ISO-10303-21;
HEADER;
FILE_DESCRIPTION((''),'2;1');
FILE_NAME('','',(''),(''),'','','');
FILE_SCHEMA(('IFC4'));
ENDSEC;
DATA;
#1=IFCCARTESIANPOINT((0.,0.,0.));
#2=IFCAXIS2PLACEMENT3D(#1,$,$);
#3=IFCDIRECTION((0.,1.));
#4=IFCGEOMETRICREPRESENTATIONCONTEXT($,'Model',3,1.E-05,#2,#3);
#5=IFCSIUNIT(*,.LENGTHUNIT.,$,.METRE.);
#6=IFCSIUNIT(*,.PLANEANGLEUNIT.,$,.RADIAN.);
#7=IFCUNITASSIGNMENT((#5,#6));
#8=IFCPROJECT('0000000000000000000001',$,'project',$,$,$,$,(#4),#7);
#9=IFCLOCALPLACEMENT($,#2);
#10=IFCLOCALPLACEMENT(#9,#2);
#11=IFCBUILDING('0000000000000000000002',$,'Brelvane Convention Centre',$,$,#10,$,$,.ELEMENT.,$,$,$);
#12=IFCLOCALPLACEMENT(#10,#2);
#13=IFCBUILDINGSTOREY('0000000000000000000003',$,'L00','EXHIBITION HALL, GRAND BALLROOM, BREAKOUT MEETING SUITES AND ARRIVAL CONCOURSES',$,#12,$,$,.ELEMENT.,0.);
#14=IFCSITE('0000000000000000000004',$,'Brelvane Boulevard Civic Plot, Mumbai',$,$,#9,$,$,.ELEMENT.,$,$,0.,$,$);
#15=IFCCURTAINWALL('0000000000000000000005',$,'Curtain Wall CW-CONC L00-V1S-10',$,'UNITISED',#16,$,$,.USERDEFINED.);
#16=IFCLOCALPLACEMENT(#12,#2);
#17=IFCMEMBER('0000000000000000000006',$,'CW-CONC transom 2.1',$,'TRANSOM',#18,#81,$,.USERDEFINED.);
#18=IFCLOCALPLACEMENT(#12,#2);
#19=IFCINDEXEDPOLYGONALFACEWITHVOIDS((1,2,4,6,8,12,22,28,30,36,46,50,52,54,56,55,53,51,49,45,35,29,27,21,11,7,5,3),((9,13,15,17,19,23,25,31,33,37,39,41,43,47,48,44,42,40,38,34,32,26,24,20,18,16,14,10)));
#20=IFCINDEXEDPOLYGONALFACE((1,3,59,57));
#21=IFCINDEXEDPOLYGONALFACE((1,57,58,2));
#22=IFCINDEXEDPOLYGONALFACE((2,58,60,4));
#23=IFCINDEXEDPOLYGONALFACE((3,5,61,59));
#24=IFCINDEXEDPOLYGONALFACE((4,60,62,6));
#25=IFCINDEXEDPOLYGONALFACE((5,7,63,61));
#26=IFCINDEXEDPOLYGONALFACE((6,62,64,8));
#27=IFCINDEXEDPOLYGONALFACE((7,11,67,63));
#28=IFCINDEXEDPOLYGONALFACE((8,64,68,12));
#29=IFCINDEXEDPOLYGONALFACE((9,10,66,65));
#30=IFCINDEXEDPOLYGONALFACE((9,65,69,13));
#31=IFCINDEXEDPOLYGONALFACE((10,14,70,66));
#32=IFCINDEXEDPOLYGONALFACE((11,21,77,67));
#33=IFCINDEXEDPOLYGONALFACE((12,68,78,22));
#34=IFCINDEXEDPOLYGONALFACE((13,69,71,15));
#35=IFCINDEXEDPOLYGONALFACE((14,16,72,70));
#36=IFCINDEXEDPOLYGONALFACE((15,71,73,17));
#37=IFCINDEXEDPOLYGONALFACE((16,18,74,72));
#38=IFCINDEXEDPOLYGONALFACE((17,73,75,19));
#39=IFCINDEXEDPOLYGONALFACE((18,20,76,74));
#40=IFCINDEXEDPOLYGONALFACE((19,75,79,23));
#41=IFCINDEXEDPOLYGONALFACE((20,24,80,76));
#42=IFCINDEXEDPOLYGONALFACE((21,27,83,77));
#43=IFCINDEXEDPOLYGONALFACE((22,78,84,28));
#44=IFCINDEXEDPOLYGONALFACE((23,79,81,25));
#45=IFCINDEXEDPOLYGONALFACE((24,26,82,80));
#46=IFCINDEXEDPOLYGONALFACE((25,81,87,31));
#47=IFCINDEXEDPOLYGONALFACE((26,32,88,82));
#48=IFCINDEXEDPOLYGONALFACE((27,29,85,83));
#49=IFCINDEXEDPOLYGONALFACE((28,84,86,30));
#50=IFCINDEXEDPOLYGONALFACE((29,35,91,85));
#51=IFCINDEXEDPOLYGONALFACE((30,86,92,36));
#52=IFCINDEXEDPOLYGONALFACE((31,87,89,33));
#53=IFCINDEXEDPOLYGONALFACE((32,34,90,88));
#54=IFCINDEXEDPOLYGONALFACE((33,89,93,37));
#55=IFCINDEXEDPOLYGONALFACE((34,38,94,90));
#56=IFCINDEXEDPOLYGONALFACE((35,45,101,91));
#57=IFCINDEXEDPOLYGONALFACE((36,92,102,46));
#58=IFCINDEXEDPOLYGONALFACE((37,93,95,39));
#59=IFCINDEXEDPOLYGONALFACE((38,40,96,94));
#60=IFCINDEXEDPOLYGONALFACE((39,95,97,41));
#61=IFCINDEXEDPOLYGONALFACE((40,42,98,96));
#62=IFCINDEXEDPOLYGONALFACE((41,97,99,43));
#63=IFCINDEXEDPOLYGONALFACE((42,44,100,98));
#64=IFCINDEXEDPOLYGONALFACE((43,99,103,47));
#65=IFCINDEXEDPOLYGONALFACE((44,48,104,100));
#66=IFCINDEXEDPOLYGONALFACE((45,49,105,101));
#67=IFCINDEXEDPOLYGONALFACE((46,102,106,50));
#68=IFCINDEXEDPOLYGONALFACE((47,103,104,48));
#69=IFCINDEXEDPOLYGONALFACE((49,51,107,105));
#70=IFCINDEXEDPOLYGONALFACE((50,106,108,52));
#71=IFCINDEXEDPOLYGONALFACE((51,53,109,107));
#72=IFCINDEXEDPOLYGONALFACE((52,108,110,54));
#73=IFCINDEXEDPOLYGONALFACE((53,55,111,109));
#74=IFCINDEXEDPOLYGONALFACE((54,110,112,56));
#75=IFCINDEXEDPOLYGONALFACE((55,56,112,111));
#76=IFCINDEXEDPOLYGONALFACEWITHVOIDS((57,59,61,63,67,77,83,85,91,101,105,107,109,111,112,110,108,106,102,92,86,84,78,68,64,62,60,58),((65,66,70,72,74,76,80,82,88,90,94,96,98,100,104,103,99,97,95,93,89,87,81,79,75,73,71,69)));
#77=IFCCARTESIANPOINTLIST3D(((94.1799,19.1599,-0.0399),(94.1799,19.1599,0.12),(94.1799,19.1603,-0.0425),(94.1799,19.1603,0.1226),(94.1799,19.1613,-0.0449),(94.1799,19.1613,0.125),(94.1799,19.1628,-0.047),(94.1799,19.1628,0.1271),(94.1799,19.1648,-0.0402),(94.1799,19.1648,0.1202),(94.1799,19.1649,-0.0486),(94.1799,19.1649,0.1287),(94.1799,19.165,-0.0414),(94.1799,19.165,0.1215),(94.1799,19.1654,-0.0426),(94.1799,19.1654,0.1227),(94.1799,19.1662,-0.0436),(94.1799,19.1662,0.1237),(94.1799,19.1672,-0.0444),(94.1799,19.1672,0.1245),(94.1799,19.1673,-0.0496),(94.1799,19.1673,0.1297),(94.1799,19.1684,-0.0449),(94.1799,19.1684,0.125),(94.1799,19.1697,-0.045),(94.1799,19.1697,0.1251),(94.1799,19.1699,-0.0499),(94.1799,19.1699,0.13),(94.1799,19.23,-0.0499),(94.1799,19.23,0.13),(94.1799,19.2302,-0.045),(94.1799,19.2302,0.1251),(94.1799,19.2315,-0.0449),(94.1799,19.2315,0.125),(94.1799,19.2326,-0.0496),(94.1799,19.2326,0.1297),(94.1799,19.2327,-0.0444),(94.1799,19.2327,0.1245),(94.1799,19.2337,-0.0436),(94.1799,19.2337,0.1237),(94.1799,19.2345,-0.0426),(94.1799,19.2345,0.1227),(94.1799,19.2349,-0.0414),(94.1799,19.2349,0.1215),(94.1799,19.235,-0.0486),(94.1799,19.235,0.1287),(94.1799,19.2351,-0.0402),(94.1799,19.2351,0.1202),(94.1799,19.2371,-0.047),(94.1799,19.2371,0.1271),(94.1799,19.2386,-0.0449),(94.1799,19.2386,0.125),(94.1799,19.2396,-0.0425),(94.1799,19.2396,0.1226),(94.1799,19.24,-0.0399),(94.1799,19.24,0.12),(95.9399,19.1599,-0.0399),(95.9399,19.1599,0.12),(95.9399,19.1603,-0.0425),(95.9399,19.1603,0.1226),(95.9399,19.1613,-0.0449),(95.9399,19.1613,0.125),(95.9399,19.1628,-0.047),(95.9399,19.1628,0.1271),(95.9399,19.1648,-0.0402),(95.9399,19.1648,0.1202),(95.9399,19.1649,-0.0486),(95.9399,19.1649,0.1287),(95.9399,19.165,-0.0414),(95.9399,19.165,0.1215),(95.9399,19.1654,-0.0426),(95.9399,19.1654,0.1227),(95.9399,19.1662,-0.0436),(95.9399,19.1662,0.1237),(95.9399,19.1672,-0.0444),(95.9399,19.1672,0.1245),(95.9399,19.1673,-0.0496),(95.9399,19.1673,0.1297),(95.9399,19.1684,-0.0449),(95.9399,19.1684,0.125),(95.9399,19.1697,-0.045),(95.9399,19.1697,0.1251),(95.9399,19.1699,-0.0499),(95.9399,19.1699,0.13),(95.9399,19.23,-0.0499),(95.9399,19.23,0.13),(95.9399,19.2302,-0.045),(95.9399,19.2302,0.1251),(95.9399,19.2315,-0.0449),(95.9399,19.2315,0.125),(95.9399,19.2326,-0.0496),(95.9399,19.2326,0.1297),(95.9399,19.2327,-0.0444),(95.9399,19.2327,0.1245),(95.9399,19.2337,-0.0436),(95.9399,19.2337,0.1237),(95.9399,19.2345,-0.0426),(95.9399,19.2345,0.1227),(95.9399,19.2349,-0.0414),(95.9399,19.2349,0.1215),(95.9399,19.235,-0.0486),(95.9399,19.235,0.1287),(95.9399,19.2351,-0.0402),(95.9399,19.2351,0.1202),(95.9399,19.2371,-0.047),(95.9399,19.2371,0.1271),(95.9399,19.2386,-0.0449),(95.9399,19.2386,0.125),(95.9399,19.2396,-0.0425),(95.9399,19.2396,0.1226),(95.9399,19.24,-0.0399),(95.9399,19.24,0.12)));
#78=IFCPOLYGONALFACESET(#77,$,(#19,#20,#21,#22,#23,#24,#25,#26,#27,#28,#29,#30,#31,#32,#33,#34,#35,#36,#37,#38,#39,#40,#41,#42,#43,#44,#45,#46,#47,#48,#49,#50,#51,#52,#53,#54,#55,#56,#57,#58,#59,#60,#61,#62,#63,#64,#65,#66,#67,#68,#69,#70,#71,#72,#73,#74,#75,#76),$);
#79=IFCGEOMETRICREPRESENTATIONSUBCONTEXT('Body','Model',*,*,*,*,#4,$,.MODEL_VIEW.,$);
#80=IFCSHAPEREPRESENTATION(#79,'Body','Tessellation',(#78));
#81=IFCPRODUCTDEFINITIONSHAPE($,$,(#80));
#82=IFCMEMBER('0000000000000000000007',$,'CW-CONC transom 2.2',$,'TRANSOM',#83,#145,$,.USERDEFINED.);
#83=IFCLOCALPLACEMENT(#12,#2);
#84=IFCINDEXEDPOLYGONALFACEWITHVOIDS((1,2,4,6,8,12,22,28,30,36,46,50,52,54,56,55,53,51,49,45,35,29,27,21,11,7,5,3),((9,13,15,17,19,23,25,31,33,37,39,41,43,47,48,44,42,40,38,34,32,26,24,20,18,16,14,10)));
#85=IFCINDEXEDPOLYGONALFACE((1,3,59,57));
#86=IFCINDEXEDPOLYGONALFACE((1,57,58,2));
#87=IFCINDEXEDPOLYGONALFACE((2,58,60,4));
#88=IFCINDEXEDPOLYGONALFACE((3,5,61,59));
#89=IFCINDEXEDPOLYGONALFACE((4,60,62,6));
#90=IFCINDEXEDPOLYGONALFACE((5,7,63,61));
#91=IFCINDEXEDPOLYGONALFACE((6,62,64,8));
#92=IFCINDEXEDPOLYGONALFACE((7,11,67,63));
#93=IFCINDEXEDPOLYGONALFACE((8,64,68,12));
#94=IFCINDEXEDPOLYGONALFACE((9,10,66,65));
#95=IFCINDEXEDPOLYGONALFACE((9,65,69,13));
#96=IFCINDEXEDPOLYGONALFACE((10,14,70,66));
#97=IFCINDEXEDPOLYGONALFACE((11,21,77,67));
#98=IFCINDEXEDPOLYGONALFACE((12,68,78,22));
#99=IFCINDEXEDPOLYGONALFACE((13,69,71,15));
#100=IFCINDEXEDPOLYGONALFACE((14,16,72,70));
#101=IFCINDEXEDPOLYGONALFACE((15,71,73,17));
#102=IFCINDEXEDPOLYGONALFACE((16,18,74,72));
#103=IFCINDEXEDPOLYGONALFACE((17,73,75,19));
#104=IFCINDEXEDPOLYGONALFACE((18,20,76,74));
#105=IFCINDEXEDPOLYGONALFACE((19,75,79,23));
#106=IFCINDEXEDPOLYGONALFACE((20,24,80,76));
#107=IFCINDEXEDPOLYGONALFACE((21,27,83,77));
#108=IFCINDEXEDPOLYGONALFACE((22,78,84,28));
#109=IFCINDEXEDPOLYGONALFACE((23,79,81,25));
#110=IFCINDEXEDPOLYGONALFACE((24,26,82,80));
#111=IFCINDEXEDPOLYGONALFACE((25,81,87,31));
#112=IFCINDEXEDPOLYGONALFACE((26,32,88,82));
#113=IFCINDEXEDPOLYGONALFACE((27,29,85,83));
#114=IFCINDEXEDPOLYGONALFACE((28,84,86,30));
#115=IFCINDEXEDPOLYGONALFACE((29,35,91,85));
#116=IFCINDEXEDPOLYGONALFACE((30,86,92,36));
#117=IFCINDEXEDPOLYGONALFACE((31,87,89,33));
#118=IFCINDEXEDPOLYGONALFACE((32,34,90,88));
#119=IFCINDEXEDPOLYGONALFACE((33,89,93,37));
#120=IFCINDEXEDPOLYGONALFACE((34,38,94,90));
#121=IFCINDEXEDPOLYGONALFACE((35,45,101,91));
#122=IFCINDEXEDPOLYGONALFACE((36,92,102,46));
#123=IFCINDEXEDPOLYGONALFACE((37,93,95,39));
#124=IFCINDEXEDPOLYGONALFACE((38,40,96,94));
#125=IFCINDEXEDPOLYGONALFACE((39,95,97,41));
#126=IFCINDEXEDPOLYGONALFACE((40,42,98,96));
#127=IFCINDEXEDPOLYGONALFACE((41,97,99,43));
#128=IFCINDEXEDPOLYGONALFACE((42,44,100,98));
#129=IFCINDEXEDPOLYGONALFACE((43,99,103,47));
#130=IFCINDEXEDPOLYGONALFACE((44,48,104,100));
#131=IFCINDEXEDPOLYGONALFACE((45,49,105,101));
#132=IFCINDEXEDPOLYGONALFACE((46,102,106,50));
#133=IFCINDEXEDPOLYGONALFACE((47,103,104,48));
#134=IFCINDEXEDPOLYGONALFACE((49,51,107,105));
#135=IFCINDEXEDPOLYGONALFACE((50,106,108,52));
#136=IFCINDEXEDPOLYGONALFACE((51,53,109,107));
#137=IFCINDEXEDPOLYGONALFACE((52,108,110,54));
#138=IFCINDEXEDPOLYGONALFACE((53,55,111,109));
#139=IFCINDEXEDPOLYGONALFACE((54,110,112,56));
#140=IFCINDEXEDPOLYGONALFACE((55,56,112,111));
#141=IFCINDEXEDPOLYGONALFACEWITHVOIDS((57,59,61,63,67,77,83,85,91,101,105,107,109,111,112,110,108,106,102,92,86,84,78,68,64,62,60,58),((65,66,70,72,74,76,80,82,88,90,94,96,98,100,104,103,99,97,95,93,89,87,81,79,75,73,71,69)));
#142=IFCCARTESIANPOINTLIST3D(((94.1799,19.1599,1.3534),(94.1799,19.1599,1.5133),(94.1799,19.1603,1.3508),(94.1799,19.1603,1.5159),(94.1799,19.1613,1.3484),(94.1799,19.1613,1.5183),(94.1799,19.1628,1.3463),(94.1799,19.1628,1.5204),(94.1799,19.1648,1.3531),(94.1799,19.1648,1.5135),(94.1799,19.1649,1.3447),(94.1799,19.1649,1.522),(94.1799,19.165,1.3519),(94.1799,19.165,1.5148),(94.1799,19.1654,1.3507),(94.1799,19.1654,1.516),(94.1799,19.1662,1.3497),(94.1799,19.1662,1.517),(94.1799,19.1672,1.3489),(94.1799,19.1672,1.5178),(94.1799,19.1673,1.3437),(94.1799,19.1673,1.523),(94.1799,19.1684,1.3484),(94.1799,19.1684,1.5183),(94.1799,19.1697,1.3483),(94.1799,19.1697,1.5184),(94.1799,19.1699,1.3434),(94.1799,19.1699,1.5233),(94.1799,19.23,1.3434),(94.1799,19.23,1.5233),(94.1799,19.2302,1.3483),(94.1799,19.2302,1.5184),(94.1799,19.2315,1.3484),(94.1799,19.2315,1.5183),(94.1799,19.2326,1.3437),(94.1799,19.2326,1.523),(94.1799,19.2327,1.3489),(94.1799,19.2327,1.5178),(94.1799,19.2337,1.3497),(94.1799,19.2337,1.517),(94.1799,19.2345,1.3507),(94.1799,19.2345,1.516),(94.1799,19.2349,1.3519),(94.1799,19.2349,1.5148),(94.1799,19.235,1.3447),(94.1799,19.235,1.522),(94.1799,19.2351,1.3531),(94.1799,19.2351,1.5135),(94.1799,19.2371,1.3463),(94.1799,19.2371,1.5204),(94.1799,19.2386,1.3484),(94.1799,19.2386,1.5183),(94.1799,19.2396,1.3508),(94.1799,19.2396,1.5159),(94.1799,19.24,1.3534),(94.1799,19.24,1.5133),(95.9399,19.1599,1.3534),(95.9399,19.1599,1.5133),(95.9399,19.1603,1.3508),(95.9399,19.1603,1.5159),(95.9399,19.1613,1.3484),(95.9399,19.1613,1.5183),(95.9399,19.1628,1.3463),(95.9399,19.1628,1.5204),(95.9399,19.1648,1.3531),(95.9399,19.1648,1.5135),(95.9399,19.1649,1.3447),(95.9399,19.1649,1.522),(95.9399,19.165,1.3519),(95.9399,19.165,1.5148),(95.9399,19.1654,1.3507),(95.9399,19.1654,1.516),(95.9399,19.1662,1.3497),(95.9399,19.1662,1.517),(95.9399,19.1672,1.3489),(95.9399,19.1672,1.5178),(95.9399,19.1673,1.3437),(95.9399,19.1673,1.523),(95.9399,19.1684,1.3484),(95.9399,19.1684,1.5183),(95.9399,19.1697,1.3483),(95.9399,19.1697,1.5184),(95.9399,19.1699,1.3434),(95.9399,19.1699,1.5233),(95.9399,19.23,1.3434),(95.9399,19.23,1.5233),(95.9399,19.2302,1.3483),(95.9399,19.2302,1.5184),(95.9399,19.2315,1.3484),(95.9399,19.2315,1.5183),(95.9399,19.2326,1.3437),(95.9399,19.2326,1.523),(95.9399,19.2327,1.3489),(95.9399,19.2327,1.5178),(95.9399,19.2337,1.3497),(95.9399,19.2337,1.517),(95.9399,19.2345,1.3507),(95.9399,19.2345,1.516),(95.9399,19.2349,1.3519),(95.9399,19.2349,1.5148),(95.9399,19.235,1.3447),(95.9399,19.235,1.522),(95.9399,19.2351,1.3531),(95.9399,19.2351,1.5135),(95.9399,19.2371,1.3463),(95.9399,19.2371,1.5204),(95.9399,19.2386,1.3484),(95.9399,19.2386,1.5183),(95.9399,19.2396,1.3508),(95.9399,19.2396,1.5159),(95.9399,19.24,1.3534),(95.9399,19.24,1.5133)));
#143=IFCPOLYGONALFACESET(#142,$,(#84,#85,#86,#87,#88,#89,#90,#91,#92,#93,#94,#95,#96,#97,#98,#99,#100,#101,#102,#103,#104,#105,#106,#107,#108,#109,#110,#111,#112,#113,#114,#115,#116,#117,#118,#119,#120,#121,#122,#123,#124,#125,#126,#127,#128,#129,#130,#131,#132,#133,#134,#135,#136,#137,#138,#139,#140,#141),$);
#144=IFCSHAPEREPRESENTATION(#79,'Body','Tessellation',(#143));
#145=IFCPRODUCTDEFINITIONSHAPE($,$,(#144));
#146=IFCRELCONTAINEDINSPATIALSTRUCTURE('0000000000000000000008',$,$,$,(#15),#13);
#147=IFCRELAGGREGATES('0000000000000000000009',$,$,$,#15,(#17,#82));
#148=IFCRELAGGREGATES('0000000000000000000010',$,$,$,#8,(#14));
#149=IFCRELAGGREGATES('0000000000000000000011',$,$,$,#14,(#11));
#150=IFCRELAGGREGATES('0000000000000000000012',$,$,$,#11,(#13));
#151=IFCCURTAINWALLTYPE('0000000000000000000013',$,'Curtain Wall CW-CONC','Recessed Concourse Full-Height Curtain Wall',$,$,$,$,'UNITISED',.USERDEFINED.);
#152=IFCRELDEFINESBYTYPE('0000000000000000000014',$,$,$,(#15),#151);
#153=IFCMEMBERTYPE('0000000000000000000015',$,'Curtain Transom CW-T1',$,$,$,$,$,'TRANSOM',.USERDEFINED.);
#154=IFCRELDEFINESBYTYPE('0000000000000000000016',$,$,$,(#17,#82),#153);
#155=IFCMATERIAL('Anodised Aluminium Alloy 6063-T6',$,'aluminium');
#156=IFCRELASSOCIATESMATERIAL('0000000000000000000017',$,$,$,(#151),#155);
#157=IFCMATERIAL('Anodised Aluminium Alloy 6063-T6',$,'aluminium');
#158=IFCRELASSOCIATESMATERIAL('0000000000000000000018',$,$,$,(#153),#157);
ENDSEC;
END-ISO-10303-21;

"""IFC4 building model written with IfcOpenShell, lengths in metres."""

from ifc_helpers import new_model, si_unit, direction, frame, origin, origin_2d, place, context, subcontext, project, spatial, hollow_rectangle, extrude, material, material_profile, profile_set, type_object, element, aggregate, save


model = new_model("IFC4")

# Units and contexts
model_context = context("Model", 3, precision=1e-05, world=origin(), true_north=direction((0.0, 1.0)))
body_context = subcontext(model_context, "Body", "Model", "MODEL_VIEW")
ifc_project = project(units=[si_unit("LENGTHUNIT", "METRE"), si_unit("PLANEANGLEUNIT", "RADIAN")], contexts=[model_context])

# Site, building, storey
site_placement = place(None, origin())
site = spatial("IfcSite", under=ifc_project, at=site_placement, Name="Brelvane Boulevard Civic Plot, Mumbai", CompositionType="ELEMENT", RefElevation=0.0)
building_placement = place(site_placement, origin())
building = spatial("IfcBuilding", under=site, at=building_placement, Name="Brelvane Convention Centre", CompositionType="ELEMENT")
storey_placement = place(building_placement, origin())
storey = spatial("IfcBuildingStorey", under=building, at=storey_placement, Name="L00", Description="EXHIBITION HALL, GRAND BALLROOM, BREAKOUT MEETING SUITES AND ARRIVAL CONCOURSES", CompositionType="ELEMENT", Elevation=0.0)

# Curtain wall, members
ifc_material_1 = material(Name="Anodised Aluminium Alloy 6063-T6", Category="aluminium")
curtain_wall_type = type_object("IfcCurtainWallType", Name="Curtain Wall CW-CONC", Description="Recessed Concourse Full-Height Curtain Wall", ElementType="UNITISED", PredefinedType="USERDEFINED", material=ifc_material_1)
curtain_wall_placement = place(storey_placement, origin())
curtain_wall = element("IfcCurtainWall", 1, at=curtain_wall_placement, inside=storey, type_object=curtain_wall_type, Name="Curtain Wall CW-CONC L00-V1S-10", ObjectType="UNITISED", PredefinedType="USERDEFINED")
ifc_material_2 = material(Name="Anodised Aluminium Alloy 6063-T6", Category="aluminium")
ifc_material_profile_1 = material_profile(ifc_material_2, hollow_rectangle(XDim=0.0801, YDim=0.1799, WallThickness=0.0049, InnerFilletRadius=0.0049, OuterFilletRadius=0.01, at=origin_2d()), Name="ALU-T 180x80x5.0")
ifc_profile_set_1 = profile_set([ifc_material_profile_1], Name="Anodised Aluminium Alloy 6063-T6")
member_type_1 = type_object("IfcMemberType", Name="Curtain Transom CW-T1", ElementType="TRANSOM", PredefinedType="USERDEFINED", material=ifc_profile_set_1)
member_1_placement = place(storey_placement, frame((94.1799, 19.2, 0.04), z_axis=(1.0, 0.0, 0.0), x_axis=(0.0, 1.0, 0.0)))
member_1 = element("IfcMember", 2, at=member_1_placement, type_object=member_type_1, Name="CW-CONC transom 2.1", ObjectType="TRANSOM", PredefinedType="USERDEFINED", context=body_context, shape_type="SweptSolid", body=[
    extrude(hollow_rectangle(XDim=0.0801, YDim=0.1799, WallThickness=0.0049, InnerFilletRadius=0.0049, OuterFilletRadius=0.01, at=origin_2d()), origin(), (0.0, 0.0, 1.0), 1.76),
])
member_2_placement = place(storey_placement, frame((94.1799, 19.2, 1.4333), z_axis=(1.0, 0.0, 0.0), x_axis=(0.0, 1.0, 0.0)))
member_2 = element("IfcMember", 3, at=member_2_placement, type_object=member_type_1, Name="CW-CONC transom 2.2", ObjectType="TRANSOM", PredefinedType="USERDEFINED", context=body_context, shape_type="SweptSolid", body=[
    extrude(hollow_rectangle(XDim=0.0801, YDim=0.1799, WallThickness=0.0049, InnerFilletRadius=0.0049, OuterFilletRadius=0.01, at=origin_2d()), origin(), (0.0, 0.0, 1.0), 1.76),
])

aggregate(curtain_wall, [member_1, member_2])

save(model, "model.ifc")
